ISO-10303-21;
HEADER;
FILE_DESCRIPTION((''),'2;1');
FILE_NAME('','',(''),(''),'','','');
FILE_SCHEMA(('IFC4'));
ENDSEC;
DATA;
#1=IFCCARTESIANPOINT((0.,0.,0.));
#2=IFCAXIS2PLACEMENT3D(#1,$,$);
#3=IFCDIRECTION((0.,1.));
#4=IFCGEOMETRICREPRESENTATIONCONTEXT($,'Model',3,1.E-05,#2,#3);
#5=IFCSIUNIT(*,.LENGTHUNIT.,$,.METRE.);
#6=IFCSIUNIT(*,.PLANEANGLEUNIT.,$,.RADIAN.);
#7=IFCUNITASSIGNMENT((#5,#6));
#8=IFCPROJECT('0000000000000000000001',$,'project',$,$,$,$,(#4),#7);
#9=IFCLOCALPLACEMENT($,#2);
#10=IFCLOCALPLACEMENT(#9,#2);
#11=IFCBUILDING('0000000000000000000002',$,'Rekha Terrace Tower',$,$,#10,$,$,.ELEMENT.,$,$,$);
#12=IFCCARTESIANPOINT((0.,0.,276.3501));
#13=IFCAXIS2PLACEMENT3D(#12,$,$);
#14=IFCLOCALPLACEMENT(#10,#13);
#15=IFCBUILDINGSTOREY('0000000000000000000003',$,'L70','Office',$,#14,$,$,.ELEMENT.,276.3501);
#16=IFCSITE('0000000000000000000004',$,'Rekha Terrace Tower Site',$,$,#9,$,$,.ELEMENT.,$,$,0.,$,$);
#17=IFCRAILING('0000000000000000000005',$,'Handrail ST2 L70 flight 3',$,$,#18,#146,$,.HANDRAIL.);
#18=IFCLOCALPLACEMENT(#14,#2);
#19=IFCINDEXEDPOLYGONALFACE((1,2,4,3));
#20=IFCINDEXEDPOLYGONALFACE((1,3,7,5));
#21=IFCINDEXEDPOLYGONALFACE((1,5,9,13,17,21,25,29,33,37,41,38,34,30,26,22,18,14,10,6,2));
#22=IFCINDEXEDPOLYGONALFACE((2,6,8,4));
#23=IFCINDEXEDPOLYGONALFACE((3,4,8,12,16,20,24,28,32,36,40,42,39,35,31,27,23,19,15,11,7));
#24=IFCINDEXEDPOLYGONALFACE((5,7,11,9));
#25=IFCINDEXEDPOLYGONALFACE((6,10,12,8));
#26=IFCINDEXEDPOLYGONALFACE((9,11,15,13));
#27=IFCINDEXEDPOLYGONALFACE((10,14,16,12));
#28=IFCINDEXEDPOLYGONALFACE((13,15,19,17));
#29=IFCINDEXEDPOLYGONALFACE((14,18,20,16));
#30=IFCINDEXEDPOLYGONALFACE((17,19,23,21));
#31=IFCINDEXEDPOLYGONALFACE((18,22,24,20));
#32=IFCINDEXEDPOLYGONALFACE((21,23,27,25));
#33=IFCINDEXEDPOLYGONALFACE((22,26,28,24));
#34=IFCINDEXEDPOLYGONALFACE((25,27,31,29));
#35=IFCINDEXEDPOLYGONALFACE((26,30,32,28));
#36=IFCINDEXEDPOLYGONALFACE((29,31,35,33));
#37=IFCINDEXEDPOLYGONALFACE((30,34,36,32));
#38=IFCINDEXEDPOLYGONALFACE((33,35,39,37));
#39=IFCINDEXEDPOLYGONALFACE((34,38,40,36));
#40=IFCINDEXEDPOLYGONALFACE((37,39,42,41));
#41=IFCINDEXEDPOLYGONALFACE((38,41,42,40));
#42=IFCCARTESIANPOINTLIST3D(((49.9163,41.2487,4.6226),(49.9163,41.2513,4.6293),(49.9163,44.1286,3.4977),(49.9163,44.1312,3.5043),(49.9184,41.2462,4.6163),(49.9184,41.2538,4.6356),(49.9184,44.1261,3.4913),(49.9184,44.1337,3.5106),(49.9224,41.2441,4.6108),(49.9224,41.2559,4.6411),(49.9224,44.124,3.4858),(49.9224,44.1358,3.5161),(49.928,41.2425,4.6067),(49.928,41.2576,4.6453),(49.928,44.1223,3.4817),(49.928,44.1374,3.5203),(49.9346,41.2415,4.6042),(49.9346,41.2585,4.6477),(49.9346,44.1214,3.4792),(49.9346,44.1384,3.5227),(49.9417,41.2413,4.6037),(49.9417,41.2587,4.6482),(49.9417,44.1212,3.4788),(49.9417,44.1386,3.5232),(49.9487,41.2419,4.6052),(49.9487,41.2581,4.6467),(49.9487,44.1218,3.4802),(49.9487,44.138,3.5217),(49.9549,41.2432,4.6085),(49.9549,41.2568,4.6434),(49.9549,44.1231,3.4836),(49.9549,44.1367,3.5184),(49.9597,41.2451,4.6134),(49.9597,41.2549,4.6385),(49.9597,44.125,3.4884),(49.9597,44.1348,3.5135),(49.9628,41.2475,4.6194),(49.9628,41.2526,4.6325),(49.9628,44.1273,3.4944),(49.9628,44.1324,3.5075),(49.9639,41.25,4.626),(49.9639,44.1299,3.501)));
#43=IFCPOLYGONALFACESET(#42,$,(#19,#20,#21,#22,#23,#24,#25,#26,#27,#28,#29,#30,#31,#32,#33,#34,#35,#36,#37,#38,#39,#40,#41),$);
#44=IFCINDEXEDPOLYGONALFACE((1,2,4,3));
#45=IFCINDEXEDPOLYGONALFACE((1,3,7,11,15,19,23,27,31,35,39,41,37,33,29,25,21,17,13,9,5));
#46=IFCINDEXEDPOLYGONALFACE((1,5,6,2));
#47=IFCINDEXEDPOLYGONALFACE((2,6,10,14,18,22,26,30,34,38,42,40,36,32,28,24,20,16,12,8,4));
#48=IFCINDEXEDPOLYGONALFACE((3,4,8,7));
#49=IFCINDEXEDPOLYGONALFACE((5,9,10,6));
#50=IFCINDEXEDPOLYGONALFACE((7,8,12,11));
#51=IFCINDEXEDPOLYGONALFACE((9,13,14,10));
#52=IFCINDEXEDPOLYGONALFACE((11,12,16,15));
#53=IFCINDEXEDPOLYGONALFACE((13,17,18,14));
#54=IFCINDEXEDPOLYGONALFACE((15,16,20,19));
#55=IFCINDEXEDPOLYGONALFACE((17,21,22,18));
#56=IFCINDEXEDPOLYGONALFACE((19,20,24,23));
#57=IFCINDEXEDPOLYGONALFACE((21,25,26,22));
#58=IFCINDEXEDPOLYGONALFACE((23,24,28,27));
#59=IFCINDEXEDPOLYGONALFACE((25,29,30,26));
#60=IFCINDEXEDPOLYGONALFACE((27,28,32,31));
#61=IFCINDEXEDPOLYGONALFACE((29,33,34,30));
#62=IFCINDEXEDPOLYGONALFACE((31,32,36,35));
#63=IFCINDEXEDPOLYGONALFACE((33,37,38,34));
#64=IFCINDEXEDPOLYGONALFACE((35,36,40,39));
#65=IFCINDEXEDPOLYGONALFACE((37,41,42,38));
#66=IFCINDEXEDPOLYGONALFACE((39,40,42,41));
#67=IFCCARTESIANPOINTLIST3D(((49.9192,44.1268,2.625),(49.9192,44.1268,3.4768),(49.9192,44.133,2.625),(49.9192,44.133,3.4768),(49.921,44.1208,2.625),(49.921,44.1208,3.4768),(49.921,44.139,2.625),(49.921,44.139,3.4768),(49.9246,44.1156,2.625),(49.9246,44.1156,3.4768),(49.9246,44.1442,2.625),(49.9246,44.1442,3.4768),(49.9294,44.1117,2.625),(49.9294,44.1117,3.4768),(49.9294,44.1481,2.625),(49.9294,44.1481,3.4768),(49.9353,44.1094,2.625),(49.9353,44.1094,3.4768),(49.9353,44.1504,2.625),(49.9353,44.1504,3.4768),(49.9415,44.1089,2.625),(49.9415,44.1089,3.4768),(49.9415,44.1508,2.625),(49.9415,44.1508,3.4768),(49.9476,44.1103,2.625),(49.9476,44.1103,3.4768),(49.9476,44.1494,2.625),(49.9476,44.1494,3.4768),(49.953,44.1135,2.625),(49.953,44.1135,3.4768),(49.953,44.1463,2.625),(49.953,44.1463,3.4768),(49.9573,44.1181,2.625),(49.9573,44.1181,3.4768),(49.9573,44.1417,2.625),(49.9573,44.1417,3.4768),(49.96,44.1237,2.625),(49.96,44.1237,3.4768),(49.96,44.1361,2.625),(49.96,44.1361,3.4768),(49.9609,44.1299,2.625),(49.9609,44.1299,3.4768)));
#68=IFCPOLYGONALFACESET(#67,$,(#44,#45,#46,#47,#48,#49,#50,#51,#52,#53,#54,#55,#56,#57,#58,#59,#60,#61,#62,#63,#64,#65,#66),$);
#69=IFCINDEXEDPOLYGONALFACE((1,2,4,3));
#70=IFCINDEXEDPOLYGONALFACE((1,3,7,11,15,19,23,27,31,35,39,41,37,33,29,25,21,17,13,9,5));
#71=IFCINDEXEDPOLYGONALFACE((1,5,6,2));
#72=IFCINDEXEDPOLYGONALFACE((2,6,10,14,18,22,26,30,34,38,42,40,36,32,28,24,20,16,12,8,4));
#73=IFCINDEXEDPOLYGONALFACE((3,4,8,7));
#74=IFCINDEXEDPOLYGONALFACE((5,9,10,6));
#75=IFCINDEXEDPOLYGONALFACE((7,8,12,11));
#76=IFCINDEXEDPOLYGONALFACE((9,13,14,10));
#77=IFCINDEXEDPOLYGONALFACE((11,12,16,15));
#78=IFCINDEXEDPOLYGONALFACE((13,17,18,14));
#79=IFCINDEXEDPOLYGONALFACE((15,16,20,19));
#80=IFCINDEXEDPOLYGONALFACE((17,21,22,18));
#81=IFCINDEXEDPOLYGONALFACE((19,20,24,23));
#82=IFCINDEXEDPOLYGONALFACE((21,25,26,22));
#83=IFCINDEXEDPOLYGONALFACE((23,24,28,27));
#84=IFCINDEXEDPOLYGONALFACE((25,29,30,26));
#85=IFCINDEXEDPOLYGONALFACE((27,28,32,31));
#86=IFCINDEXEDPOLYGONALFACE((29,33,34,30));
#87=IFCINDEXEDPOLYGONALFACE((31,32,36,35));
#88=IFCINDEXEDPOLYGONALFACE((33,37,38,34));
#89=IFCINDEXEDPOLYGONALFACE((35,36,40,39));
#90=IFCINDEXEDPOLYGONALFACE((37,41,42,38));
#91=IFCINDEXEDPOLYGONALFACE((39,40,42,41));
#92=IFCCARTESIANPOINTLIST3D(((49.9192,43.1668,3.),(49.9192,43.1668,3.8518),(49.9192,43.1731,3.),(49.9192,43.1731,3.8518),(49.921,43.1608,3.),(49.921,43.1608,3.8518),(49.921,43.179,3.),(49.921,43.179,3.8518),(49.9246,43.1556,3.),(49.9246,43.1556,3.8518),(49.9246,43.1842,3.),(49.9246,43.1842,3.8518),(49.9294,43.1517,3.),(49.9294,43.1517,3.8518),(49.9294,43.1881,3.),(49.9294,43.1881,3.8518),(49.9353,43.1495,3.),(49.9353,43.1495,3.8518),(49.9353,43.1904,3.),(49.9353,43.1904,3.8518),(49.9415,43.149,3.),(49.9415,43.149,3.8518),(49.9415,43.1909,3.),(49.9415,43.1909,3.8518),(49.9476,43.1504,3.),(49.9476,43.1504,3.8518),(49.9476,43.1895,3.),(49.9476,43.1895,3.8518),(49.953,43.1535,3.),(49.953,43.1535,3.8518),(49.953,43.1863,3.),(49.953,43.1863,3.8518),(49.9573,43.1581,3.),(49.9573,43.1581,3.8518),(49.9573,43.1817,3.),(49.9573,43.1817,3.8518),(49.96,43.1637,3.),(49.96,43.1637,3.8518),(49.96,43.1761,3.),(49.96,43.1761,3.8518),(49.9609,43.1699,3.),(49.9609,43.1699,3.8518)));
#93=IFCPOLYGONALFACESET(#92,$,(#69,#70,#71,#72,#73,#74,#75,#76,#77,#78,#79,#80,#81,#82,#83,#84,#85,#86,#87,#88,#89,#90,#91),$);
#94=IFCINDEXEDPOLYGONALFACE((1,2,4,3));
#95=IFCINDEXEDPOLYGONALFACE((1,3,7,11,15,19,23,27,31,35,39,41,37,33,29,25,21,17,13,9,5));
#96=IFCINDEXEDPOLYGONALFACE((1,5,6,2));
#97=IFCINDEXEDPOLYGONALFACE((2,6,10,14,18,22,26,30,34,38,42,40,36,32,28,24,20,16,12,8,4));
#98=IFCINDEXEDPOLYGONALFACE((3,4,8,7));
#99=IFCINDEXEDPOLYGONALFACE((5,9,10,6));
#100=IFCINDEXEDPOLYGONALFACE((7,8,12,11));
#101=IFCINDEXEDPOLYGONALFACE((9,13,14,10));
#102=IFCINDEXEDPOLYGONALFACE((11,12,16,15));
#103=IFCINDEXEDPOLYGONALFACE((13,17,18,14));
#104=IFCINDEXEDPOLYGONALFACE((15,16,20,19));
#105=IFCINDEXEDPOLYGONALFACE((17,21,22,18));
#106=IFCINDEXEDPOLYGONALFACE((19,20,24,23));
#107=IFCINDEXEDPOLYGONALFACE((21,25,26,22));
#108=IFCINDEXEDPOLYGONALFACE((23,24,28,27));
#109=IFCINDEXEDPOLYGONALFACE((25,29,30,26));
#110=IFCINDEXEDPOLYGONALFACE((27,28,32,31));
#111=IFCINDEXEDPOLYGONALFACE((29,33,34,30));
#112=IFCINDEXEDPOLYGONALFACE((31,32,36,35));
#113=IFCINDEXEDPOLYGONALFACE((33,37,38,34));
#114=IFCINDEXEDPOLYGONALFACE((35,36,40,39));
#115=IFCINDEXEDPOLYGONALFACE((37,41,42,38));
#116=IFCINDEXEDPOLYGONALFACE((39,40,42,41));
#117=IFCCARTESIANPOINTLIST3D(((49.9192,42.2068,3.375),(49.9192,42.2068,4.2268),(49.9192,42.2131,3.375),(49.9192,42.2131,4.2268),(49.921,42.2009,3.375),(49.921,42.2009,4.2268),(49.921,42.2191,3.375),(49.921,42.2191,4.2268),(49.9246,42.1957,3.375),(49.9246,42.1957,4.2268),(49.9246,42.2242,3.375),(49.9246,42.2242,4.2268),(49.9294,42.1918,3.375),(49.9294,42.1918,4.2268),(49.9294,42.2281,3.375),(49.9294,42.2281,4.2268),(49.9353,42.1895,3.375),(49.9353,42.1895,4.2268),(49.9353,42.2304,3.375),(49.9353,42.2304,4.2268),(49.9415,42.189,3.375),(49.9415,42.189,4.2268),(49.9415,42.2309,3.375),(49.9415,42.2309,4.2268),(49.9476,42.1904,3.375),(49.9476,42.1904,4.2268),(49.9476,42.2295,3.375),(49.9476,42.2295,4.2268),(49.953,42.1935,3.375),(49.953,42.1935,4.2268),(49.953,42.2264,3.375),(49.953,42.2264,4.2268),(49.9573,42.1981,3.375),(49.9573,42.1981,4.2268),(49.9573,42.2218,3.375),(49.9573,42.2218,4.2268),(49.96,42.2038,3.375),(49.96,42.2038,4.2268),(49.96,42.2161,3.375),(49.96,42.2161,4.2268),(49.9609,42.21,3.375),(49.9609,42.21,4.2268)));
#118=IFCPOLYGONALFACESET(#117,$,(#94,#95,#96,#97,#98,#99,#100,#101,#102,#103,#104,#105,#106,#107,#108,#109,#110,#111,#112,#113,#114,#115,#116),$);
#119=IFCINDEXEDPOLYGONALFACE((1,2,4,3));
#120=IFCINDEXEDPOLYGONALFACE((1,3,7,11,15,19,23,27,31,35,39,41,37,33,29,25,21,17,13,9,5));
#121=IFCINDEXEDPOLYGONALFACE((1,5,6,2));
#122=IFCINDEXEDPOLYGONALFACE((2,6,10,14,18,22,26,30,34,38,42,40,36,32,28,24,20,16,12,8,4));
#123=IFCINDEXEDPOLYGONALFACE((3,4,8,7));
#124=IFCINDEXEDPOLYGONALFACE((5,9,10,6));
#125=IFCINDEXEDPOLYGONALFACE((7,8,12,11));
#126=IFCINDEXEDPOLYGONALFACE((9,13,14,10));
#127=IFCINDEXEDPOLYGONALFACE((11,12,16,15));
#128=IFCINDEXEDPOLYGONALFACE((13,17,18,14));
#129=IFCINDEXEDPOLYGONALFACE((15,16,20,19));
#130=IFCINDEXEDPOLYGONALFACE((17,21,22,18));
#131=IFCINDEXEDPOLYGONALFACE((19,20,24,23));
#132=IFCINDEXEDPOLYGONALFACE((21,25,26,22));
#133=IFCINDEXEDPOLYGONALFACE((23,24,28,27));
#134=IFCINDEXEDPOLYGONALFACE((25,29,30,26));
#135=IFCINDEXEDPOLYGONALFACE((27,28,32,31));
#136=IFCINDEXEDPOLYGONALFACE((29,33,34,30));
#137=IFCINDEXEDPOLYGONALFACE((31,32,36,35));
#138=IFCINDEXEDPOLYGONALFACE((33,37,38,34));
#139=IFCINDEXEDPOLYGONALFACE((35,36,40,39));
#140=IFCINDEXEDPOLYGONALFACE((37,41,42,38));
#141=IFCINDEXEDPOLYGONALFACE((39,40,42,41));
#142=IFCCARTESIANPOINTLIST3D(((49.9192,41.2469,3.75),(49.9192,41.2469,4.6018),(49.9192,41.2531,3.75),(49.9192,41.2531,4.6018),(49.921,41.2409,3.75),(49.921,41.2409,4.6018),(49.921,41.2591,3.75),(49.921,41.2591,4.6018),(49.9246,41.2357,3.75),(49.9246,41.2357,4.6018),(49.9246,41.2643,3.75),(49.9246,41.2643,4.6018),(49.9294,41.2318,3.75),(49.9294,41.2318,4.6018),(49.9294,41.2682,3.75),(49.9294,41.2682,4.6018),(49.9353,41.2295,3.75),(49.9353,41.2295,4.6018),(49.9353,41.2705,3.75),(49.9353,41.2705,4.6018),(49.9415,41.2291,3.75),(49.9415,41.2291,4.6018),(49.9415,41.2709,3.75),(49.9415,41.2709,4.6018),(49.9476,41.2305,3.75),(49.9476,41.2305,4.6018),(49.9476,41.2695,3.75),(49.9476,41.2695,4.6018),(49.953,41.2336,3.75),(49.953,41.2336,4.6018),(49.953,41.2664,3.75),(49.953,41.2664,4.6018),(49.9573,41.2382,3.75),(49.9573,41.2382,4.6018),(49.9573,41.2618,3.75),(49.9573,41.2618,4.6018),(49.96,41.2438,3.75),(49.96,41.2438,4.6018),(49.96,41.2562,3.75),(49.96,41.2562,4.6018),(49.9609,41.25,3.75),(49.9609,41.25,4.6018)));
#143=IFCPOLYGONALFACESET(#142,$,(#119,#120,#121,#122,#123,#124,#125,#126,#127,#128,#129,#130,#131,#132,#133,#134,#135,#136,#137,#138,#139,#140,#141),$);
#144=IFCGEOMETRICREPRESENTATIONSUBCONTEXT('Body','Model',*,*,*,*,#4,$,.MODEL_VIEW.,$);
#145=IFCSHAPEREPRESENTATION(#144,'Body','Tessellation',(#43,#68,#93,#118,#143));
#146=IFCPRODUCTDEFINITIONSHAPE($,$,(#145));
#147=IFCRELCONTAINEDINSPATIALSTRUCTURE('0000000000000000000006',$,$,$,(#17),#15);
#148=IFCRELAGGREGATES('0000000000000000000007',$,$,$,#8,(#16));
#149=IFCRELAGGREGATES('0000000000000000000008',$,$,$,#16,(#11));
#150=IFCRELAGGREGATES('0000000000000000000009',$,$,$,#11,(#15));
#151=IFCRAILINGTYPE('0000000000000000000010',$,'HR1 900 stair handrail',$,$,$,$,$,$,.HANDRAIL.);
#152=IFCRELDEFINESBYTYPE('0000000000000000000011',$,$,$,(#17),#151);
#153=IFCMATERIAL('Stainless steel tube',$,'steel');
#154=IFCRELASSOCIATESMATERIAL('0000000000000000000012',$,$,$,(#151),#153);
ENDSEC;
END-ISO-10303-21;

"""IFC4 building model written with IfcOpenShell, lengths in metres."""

from ifc_helpers import new_model, si_unit, direction, frame, origin, origin_2d, place, context, subcontext, project, spatial, circle, extrude, material, type_object, element, save


model = new_model("IFC4")

# Units and contexts
model_context = context("Model", 3, precision=1e-05, world=origin(), true_north=direction((0.0, 1.0)))
body_context = subcontext(model_context, "Body", "Model", "MODEL_VIEW")
ifc_project = project(units=[si_unit("LENGTHUNIT", "METRE"), si_unit("PLANEANGLEUNIT", "RADIAN")], contexts=[model_context])

# Site, building, storey
site_placement = place(None, origin())
site = spatial("IfcSite", under=ifc_project, at=site_placement, Name="Rekha Terrace Tower Site", CompositionType="ELEMENT", RefElevation=0.0)
building_placement = place(site_placement, origin())
building = spatial("IfcBuilding", under=site, at=building_placement, Name="Rekha Terrace Tower", CompositionType="ELEMENT")
storey_placement = place(building_placement, frame((0.0, 0.0, 276.3501)))
storey = spatial("IfcBuildingStorey", under=building, at=storey_placement, Name="L70", Description="Office", CompositionType="ELEMENT", Elevation=276.3501)

# Railing
ifc_material_1 = material(Name="Stainless steel tube", Category="steel")
railing_type_1 = type_object("IfcRailingType", Name="HR1 900 stair handrail", PredefinedType="HANDRAIL", material=ifc_material_1)
railing_1_placement = place(storey_placement, frame((49.9399, 44.1299, 2.625)))
element("IfcRailing", 1, at=railing_1_placement, inside=storey, type_object=railing_type_1, Name="Handrail ST2 L70 flight 3", PredefinedType="HANDRAIL", context=body_context, shape_type="SweptSolid", body=[
    extrude(circle(Radius=0.0239, at=origin_2d()), frame((0.0, 0.0, 0.876), z_axis=(0.0, -0.931452, 0.363863), x_axis=(1.0, 0.0, 0.0)), (0.0, 0.0, 1.0), 3.0918),
    extrude(circle(Radius=0.021, at=origin_2d()), origin(), (0.0, 0.0, 1.0), 0.8518),
    extrude(circle(Radius=0.021, at=origin_2d()), frame((0.0, -0.96, 0.375)), (0.0, 0.0, 1.0), 0.8518),
    extrude(circle(Radius=0.021, at=origin_2d()), frame((0.0, -1.9199, 0.75)), (0.0, 0.0, 1.0), 0.8518),
    extrude(circle(Radius=0.021, at=origin_2d()), frame((0.0, -2.8799, 1.125)), (0.0, 0.0, 1.0), 0.8518),
])

save(model, "model.ifc")
